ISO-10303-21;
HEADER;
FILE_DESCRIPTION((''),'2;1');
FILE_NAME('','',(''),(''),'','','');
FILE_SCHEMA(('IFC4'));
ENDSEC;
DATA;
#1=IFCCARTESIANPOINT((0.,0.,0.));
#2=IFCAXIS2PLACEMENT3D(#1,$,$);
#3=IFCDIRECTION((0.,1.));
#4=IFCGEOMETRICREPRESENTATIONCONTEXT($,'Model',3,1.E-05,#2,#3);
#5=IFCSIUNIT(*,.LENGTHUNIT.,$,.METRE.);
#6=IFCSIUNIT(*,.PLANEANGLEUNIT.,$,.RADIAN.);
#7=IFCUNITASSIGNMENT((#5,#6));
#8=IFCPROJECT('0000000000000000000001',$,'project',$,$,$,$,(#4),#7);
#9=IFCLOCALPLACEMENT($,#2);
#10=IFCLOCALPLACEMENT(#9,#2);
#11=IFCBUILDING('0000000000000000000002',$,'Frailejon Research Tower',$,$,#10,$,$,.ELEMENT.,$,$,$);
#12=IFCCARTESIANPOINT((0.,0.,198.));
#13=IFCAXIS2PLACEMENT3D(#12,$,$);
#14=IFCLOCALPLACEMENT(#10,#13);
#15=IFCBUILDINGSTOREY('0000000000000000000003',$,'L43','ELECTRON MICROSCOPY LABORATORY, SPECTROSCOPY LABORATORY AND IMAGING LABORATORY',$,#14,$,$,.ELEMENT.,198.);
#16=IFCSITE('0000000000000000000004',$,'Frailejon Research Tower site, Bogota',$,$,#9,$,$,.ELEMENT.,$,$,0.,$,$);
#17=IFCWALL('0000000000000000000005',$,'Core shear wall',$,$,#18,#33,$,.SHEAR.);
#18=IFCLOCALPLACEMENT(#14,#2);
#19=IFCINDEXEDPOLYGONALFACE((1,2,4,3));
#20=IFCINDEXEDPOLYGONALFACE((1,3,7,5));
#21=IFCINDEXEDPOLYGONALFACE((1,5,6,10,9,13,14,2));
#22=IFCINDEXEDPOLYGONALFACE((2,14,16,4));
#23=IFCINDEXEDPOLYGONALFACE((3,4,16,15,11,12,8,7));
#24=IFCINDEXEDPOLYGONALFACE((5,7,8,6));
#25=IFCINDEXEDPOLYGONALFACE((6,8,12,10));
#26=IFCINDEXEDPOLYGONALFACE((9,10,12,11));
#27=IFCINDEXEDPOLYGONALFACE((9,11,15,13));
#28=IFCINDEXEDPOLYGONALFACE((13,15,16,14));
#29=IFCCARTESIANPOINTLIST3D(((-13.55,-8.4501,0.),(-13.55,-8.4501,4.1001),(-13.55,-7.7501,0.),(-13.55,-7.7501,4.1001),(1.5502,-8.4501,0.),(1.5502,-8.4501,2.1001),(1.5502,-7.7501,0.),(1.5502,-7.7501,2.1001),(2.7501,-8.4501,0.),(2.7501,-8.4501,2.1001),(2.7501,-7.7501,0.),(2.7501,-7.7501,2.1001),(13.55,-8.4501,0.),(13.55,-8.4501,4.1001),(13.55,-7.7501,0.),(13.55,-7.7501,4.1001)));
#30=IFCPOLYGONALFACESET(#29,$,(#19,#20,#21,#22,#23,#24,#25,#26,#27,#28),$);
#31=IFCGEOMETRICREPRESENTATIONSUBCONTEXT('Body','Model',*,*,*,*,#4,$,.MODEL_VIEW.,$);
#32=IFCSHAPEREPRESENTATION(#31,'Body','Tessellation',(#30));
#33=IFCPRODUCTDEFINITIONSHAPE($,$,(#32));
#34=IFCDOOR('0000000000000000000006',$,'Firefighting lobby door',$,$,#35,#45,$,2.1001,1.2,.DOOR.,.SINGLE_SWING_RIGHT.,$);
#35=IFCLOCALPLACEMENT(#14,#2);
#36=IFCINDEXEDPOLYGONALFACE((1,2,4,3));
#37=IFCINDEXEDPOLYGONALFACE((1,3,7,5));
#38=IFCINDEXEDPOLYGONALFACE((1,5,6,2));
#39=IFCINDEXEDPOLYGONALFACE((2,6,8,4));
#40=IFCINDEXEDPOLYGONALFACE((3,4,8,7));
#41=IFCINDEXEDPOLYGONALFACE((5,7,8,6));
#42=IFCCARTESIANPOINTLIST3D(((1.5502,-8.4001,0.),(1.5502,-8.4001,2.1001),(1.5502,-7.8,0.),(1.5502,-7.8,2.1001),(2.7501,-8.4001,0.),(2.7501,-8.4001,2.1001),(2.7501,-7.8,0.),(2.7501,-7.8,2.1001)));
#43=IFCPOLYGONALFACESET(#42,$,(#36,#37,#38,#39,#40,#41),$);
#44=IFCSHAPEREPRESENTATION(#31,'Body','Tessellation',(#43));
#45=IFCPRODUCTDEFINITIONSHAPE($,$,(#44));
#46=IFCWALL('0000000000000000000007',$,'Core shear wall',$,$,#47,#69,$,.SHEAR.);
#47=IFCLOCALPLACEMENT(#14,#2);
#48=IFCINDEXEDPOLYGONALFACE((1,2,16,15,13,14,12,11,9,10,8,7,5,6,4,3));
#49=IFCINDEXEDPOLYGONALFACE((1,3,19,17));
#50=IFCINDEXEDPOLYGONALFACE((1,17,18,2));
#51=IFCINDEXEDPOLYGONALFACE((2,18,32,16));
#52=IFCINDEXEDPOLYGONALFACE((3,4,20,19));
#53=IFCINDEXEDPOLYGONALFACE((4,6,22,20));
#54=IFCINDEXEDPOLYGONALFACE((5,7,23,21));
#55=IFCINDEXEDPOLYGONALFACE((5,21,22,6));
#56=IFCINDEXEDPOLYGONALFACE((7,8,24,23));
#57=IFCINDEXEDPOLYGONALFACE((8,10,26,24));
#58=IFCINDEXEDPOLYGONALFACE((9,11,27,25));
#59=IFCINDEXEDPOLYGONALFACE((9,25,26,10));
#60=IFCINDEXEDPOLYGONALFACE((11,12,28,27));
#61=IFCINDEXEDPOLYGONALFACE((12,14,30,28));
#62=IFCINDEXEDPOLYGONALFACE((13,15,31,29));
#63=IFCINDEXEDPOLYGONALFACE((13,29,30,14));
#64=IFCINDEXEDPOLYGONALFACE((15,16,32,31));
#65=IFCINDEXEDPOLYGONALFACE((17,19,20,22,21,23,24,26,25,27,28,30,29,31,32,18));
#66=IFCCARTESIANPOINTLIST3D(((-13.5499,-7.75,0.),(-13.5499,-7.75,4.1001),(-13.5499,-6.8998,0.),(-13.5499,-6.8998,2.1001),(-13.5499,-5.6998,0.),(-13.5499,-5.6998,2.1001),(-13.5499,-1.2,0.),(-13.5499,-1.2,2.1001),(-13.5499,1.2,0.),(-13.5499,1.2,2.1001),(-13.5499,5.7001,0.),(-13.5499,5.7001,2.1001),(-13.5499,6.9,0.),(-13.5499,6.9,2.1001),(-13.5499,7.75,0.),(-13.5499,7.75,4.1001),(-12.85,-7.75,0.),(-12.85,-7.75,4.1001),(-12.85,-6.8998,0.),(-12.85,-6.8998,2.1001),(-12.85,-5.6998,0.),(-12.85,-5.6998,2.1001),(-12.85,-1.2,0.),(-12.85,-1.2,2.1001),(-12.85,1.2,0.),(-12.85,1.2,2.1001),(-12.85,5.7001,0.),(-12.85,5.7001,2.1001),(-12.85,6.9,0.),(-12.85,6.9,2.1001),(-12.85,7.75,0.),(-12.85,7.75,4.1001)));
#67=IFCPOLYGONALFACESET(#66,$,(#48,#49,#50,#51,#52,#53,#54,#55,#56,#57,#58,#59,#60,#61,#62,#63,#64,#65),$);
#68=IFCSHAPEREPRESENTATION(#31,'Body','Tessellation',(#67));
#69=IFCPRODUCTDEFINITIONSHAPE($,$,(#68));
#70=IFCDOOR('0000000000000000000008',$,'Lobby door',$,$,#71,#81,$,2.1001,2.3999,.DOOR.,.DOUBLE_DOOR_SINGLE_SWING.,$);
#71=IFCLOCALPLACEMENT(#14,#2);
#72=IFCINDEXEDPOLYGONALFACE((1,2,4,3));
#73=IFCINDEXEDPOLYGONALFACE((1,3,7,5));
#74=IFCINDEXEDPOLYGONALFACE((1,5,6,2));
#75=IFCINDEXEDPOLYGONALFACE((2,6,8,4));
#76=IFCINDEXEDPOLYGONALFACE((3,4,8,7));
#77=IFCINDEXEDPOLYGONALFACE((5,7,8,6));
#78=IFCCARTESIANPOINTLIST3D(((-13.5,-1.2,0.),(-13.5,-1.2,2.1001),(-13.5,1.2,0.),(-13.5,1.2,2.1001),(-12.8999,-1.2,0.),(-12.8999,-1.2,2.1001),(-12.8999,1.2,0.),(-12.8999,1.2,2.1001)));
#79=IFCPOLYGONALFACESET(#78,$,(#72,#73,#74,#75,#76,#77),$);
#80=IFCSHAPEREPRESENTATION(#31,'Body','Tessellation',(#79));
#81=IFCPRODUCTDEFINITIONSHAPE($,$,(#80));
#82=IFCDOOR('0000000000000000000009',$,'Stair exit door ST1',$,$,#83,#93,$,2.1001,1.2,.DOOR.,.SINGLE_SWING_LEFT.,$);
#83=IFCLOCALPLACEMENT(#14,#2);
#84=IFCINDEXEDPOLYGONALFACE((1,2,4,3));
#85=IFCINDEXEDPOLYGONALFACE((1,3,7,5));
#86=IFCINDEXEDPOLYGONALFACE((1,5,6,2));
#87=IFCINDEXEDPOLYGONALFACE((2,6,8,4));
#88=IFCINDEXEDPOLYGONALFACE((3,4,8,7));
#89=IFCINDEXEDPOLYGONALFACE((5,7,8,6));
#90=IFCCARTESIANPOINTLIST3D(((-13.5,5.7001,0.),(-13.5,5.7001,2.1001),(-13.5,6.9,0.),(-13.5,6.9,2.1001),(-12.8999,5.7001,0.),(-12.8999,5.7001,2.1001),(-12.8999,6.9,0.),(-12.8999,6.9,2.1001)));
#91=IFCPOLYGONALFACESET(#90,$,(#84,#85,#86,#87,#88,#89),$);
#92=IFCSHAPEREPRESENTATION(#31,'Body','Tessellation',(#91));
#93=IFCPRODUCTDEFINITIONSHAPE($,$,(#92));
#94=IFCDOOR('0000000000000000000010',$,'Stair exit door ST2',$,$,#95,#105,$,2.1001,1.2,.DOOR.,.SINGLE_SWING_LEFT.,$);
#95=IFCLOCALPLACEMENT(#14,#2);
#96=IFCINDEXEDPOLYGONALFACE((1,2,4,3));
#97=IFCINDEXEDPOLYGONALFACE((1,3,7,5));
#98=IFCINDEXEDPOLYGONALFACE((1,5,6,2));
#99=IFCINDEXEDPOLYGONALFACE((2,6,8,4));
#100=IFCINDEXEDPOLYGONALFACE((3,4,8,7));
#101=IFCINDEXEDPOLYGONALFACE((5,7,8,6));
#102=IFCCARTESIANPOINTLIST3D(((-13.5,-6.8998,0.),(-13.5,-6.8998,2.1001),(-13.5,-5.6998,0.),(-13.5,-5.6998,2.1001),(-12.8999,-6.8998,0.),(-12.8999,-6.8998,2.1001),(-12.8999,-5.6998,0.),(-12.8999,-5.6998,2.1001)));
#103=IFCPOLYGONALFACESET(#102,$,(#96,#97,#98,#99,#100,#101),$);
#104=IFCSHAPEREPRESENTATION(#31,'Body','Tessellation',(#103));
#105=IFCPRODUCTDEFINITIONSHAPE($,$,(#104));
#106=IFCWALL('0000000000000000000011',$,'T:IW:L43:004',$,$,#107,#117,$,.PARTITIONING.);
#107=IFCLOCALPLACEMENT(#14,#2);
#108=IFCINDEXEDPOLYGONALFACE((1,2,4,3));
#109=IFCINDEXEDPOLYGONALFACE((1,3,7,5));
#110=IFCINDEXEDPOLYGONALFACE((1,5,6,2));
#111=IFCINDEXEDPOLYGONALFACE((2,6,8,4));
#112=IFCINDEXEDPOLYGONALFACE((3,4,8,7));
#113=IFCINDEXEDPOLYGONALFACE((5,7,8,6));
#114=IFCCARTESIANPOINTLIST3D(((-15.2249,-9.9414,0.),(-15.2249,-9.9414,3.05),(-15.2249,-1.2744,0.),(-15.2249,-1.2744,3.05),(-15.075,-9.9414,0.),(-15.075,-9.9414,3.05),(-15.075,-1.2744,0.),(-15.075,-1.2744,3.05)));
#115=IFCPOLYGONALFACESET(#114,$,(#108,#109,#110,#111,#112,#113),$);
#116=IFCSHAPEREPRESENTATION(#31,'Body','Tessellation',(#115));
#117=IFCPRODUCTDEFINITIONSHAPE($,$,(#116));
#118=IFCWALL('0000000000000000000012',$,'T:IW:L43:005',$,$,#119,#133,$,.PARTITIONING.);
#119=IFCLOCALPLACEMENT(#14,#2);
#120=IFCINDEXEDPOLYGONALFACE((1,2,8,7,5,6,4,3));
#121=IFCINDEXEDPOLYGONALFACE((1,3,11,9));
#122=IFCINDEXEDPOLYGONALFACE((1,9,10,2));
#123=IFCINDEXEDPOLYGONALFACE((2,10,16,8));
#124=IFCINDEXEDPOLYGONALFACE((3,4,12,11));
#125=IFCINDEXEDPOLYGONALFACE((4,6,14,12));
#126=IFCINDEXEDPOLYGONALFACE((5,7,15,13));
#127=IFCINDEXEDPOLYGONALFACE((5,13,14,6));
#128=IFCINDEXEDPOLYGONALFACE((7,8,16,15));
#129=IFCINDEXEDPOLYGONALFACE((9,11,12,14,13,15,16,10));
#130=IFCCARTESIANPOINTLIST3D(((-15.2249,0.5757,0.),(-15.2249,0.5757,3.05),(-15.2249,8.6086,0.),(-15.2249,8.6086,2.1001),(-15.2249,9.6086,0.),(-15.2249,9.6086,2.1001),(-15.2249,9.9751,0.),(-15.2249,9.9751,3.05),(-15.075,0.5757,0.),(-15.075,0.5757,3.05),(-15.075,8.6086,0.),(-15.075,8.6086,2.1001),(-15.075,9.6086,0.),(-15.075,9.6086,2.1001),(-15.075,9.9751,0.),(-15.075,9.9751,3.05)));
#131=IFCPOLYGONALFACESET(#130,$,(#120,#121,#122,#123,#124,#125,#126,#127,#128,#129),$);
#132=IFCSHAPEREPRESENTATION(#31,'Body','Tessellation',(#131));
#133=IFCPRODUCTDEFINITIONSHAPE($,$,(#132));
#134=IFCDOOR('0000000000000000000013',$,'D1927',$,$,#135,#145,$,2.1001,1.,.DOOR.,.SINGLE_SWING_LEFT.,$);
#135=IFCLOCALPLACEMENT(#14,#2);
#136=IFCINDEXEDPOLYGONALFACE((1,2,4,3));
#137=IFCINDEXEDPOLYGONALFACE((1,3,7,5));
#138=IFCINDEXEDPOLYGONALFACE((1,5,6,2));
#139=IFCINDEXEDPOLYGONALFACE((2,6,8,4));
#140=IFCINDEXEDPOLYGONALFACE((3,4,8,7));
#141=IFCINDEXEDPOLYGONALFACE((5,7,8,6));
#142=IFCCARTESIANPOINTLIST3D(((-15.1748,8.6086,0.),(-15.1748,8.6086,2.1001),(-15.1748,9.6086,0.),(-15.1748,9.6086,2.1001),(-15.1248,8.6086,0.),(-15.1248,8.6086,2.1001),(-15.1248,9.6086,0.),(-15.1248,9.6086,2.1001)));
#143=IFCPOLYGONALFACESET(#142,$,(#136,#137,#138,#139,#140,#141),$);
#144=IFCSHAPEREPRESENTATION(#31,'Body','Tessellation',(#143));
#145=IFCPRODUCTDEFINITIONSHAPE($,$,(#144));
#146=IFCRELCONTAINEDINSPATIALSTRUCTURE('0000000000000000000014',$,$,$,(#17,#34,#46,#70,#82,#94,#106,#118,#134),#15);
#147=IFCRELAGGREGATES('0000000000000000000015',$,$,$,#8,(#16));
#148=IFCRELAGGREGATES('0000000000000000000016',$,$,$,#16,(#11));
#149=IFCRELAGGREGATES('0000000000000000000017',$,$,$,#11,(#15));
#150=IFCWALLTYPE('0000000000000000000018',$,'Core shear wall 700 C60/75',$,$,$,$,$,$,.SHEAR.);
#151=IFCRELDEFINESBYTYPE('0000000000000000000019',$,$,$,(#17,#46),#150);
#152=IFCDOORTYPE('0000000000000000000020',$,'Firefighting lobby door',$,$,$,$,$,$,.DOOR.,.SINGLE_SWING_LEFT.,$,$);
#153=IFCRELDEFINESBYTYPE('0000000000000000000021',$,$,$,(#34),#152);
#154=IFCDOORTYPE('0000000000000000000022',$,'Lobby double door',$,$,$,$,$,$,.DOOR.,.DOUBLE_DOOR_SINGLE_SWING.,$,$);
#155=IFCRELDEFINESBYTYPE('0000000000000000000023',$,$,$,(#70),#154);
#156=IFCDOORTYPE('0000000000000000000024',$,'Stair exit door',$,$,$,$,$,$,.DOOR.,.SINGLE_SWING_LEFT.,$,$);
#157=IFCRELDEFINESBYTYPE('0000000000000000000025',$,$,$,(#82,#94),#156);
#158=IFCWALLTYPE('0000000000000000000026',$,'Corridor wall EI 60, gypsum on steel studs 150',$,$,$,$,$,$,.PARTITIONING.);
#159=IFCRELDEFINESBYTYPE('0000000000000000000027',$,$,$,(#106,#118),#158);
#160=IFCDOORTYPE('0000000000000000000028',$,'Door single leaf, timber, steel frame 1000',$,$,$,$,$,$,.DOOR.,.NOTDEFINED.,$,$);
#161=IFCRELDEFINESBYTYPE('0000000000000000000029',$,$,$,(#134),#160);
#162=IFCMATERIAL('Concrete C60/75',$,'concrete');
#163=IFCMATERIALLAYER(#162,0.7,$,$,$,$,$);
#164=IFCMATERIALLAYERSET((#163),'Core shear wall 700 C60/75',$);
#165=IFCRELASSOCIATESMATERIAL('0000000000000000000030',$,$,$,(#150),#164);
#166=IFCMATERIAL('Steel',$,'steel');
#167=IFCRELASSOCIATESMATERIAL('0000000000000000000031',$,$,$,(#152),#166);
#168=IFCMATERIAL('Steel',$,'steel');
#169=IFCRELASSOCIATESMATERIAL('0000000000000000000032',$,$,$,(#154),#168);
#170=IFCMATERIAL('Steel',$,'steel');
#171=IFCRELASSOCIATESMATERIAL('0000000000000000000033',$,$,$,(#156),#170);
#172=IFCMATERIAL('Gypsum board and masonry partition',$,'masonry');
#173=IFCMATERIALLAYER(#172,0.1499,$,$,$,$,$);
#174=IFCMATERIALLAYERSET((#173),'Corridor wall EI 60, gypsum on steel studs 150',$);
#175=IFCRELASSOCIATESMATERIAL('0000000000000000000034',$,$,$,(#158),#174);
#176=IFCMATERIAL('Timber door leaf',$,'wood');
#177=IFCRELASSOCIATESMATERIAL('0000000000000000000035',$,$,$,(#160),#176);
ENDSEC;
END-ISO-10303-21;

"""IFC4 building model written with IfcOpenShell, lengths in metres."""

from ifc_helpers import new_model, si_unit, direction, frame, frame_2d, origin, place, context, subcontext, project, spatial, rectangle, extrude, material, layer, layer_set, type_object, element, fill, save


model = new_model("IFC4")

# Units and contexts
model_context = context("Model", 3, precision=1e-05, world=origin(), true_north=direction((0.0, 1.0)))
body_context = subcontext(model_context, "Body", "Model", "MODEL_VIEW")
ifc_project = project(units=[si_unit("LENGTHUNIT", "METRE"), si_unit("PLANEANGLEUNIT", "RADIAN")], contexts=[model_context])

# Site, building, storey
site_placement = place(None, origin())
site = spatial("IfcSite", under=ifc_project, at=site_placement, Name="Frailejon Research Tower site, Bogota", CompositionType="ELEMENT", RefElevation=0.0)
building_placement = place(site_placement, origin())
building = spatial("IfcBuilding", under=site, at=building_placement, Name="Frailejon Research Tower", CompositionType="ELEMENT")
storey_placement = place(building_placement, frame((0.0, 0.0, 198.0)))
storey = spatial("IfcBuildingStorey", under=building, at=storey_placement, Name="L43", Description="ELECTRON MICROSCOPY LABORATORY, SPECTROSCOPY LABORATORY AND IMAGING LABORATORY", CompositionType="ELEMENT", Elevation=198.0)

# Wall, opening, door
ifc_material_1 = material(Name="Concrete C60/75", Category="concrete")
ifc_layer_1 = layer(ifc_material_1, 0.7)
ifc_layer_set_1 = layer_set([ifc_layer_1], Name="Core shear wall 700 C60/75")
wall_type_1 = type_object("IfcWallType", Name="Core shear wall 700 C60/75", PredefinedType="SHEAR", material=ifc_layer_set_1)
wall_1_placement = place(storey_placement, frame((-13.55, -8.1001, 0.0), z_axis=(0.0, 0.0, 1.0), x_axis=(1.0, 0.0, 0.0)))
wall_1 = element("IfcWall", 1, at=wall_1_placement, inside=storey, type_object=wall_type_1, Name="Core shear wall", PredefinedType="SHEAR", context=body_context, shape_type="SweptSolid", body=[
    extrude(rectangle(XDim=27.1001, YDim=0.7, at=frame_2d((13.55, 0.0))), origin(), (0.0, 0.0, 1.0), 4.1001),
])
opening_1_placement = place(wall_1_placement, frame((15.1001, 0.0, 0.0)))
opening_1 = element("IfcOpeningElement", 2, at=opening_1_placement, cuts=wall_1, PredefinedType="OPENING", context=body_context, shape_type="SweptSolid", body=[
    extrude(rectangle(XDim=1.2, YDim=2.1001, at=frame_2d((0.6001, 1.05))), frame((0.0, 0.3599, 0.0), z_axis=(0.0, -1.0, 0.0), x_axis=(1.0, 0.0, 0.0)), (0.0, 0.0, 1.0), 0.72),
])
ifc_material_2 = material(Name="Steel", Category="steel")
door_type_1 = type_object("IfcDoorType", Name="Firefighting lobby door", OperationType="SINGLE_SWING_LEFT", PredefinedType="DOOR", material=ifc_material_2)
door_1_placement = place(opening_1_placement, origin())
door_1 = element("IfcDoor", 3, at=door_1_placement, inside=storey, type_object=door_type_1, Name="Firefighting lobby door", OperationType="SINGLE_SWING_RIGHT", OverallHeight=2.1001, OverallWidth=1.2, PredefinedType="DOOR", context=body_context, shape_type="SweptSolid", body=[
    extrude(rectangle(XDim=1.2, YDim=2.1001, at=frame_2d((0.6001, 1.05))), frame((0.0, 0.3, 0.0), z_axis=(0.0, -1.0, 0.0), x_axis=(1.0, 0.0, 0.0)), (0.0, 0.0, 1.0), 0.6001),
])
fill(opening_1, door_1)

# Wall, openings, doors
wall_2_placement = place(storey_placement, frame((-13.2, -7.75, 0.0), z_axis=(0.0, 0.0, 1.0), x_axis=(0.0, 1.0, 0.0)))
wall_2 = element("IfcWall", 4, at=wall_2_placement, inside=storey, type_object=wall_type_1, Name="Core shear wall", PredefinedType="SHEAR", context=body_context, shape_type="SweptSolid", body=[
    extrude(rectangle(XDim=15.5, YDim=0.7, at=frame_2d((7.75, 0.0))), origin(), (0.0, 0.0, 1.0), 4.1001),
])
opening_2_placement = place(wall_2_placement, frame((6.55, 0.0, 0.0)))
opening_2 = element("IfcOpeningElement", 5, at=opening_2_placement, cuts=wall_2, PredefinedType="OPENING", context=body_context, shape_type="SweptSolid", body=[
    extrude(rectangle(XDim=2.3999, YDim=2.1001, at=frame_2d((1.2, 1.05))), frame((0.0, 0.3599, 0.0), z_axis=(0.0, -1.0, 0.0), x_axis=(1.0, 0.0, 0.0)), (0.0, 0.0, 1.0), 0.72),
])
opening_3_placement = place(wall_2_placement, frame((13.45, 0.0, 0.0)))
opening_3 = element("IfcOpeningElement", 6, at=opening_3_placement, cuts=wall_2, PredefinedType="OPENING", context=body_context, shape_type="SweptSolid", body=[
    extrude(rectangle(XDim=1.2, YDim=2.1001, at=frame_2d((0.6001, 1.05))), frame((0.0, 0.3599, 0.0), z_axis=(0.0, -1.0, 0.0), x_axis=(1.0, 0.0, 0.0)), (0.0, 0.0, 1.0), 0.72),
])
opening_4_placement = place(wall_2_placement, frame((0.8501, 0.0, 0.0)))
opening_4 = element("IfcOpeningElement", 7, at=opening_4_placement, cuts=wall_2, PredefinedType="OPENING", context=body_context, shape_type="SweptSolid", body=[
    extrude(rectangle(XDim=1.2, YDim=2.1001, at=frame_2d((0.6001, 1.05))), frame((0.0, 0.3599, 0.0), z_axis=(0.0, -1.0, 0.0), x_axis=(1.0, 0.0, 0.0)), (0.0, 0.0, 1.0), 0.72),
])
ifc_material_3 = material(Name="Steel", Category="steel")
door_type_2 = type_object("IfcDoorType", Name="Lobby double door", OperationType="DOUBLE_DOOR_SINGLE_SWING", PredefinedType="DOOR", material=ifc_material_3)
door_2_placement = place(opening_2_placement, origin())
door_2 = element("IfcDoor", 8, at=door_2_placement, inside=storey, type_object=door_type_2, Name="Lobby door", OperationType="DOUBLE_DOOR_SINGLE_SWING", OverallHeight=2.1001, OverallWidth=2.3999, PredefinedType="DOOR", context=body_context, shape_type="SweptSolid", body=[
    extrude(rectangle(XDim=2.3999, YDim=2.1001, at=frame_2d((1.2, 1.05))), frame((0.0, 0.3, 0.0), z_axis=(0.0, -1.0, 0.0), x_axis=(1.0, 0.0, 0.0)), (0.0, 0.0, 1.0), 0.6001),
])
fill(opening_2, door_2)
ifc_material_4 = material(Name="Steel", Category="steel")
door_type_3 = type_object("IfcDoorType", Name="Stair exit door", OperationType="SINGLE_SWING_LEFT", PredefinedType="DOOR", material=ifc_material_4)
door_3_placement = place(opening_3_placement, origin())
door_3 = element("IfcDoor", 9, at=door_3_placement, inside=storey, type_object=door_type_3, Name="Stair exit door ST1", OperationType="SINGLE_SWING_LEFT", OverallHeight=2.1001, OverallWidth=1.2, PredefinedType="DOOR", context=body_context, shape_type="SweptSolid", body=[
    extrude(rectangle(XDim=1.2, YDim=2.1001, at=frame_2d((0.6001, 1.05))), frame((0.0, 0.3, 0.0), z_axis=(0.0, -1.0, 0.0), x_axis=(1.0, 0.0, 0.0)), (0.0, 0.0, 1.0), 0.6001),
])
fill(opening_3, door_3)
door_4_placement = place(opening_4_placement, origin())
door_4 = element("IfcDoor", 10, at=door_4_placement, inside=storey, type_object=door_type_3, Name="Stair exit door ST2", OperationType="SINGLE_SWING_LEFT", OverallHeight=2.1001, OverallWidth=1.2, PredefinedType="DOOR", context=body_context, shape_type="SweptSolid", body=[
    extrude(rectangle(XDim=1.2, YDim=2.1001, at=frame_2d((0.6001, 1.05))), frame((0.0, 0.3, 0.0), z_axis=(0.0, -1.0, 0.0), x_axis=(1.0, 0.0, 0.0)), (0.0, 0.0, 1.0), 0.6001),
])
fill(opening_4, door_4)

# Wall
ifc_material_5 = material(Name="Gypsum board and masonry partition", Category="masonry")
ifc_layer_2 = layer(ifc_material_5, 0.1499)
ifc_layer_set_2 = layer_set([ifc_layer_2], Name="Corridor wall EI 60, gypsum on steel studs 150")
wall_type_2 = type_object("IfcWallType", Name="Corridor wall EI 60, gypsum on steel studs 150", PredefinedType="PARTITIONING", material=ifc_layer_set_2)
wall_3_placement = place(storey_placement, frame((-15.1499, -9.9414, 0.0), z_axis=(0.0, 0.0, 1.0), x_axis=(0.0, 1.0, 0.0)))
element("IfcWall", 11, at=wall_3_placement, inside=storey, type_object=wall_type_2, Name="T:IW:L43:004", PredefinedType="PARTITIONING", context=body_context, shape_type="SweptSolid", body=[
    extrude(rectangle(XDim=8.667, YDim=0.1499, at=frame_2d((4.3335, 0.0))), origin(), (0.0, 0.0, 1.0), 3.05),
])

# Wall, opening, door
wall_4_placement = place(storey_placement, frame((-15.1499, 0.5757, 0.0), z_axis=(0.0, 0.0, 1.0), x_axis=(0.0, 1.0, 0.0)))
wall_4 = element("IfcWall", 12, at=wall_4_placement, inside=storey, type_object=wall_type_2, Name="T:IW:L43:005", PredefinedType="PARTITIONING", context=body_context, shape_type="SweptSolid", body=[
    extrude(rectangle(XDim=9.3994, YDim=0.1499, at=frame_2d((4.6997, 0.0))), origin(), (0.0, 0.0, 1.0), 3.05),
])
opening_5_placement = place(wall_4_placement, frame((8.033, 0.0, 0.0)))
opening_5 = element("IfcOpeningElement", 13, at=opening_5_placement, cuts=wall_4, PredefinedType="OPENING", context=body_context, shape_type="SweptSolid", body=[
    extrude(rectangle(XDim=1.0, YDim=2.1001, at=frame_2d((0.5, 1.05))), frame((0.0, 0.085, 0.0), z_axis=(0.0, -1.0, 0.0), x_axis=(1.0, 0.0, 0.0)), (0.0, 0.0, 1.0), 0.1699),
])
ifc_material_6 = material(Name="Timber door leaf", Category="wood")
door_type_4 = type_object("IfcDoorType", Name="Door single leaf, timber, steel frame 1000", OperationType="NOTDEFINED", PredefinedType="DOOR", material=ifc_material_6)
door_5_placement = place(opening_5_placement, origin())
door_5 = element("IfcDoor", 14, at=door_5_placement, inside=storey, type_object=door_type_4, Name="D1927", OperationType="SINGLE_SWING_LEFT", OverallHeight=2.1001, OverallWidth=1.0, PredefinedType="DOOR", context=body_context, shape_type="SweptSolid", body=[
    extrude(rectangle(XDim=1.0, YDim=2.1001, at=frame_2d((0.5, 1.05))), frame((0.0, 0.0249, 0.0), z_axis=(0.0, -1.0, 0.0), x_axis=(1.0, 0.0, 0.0)), (0.0, 0.0, 1.0), 0.05),
])
fill(opening_5, door_5)

save(model, "model.ifc")
